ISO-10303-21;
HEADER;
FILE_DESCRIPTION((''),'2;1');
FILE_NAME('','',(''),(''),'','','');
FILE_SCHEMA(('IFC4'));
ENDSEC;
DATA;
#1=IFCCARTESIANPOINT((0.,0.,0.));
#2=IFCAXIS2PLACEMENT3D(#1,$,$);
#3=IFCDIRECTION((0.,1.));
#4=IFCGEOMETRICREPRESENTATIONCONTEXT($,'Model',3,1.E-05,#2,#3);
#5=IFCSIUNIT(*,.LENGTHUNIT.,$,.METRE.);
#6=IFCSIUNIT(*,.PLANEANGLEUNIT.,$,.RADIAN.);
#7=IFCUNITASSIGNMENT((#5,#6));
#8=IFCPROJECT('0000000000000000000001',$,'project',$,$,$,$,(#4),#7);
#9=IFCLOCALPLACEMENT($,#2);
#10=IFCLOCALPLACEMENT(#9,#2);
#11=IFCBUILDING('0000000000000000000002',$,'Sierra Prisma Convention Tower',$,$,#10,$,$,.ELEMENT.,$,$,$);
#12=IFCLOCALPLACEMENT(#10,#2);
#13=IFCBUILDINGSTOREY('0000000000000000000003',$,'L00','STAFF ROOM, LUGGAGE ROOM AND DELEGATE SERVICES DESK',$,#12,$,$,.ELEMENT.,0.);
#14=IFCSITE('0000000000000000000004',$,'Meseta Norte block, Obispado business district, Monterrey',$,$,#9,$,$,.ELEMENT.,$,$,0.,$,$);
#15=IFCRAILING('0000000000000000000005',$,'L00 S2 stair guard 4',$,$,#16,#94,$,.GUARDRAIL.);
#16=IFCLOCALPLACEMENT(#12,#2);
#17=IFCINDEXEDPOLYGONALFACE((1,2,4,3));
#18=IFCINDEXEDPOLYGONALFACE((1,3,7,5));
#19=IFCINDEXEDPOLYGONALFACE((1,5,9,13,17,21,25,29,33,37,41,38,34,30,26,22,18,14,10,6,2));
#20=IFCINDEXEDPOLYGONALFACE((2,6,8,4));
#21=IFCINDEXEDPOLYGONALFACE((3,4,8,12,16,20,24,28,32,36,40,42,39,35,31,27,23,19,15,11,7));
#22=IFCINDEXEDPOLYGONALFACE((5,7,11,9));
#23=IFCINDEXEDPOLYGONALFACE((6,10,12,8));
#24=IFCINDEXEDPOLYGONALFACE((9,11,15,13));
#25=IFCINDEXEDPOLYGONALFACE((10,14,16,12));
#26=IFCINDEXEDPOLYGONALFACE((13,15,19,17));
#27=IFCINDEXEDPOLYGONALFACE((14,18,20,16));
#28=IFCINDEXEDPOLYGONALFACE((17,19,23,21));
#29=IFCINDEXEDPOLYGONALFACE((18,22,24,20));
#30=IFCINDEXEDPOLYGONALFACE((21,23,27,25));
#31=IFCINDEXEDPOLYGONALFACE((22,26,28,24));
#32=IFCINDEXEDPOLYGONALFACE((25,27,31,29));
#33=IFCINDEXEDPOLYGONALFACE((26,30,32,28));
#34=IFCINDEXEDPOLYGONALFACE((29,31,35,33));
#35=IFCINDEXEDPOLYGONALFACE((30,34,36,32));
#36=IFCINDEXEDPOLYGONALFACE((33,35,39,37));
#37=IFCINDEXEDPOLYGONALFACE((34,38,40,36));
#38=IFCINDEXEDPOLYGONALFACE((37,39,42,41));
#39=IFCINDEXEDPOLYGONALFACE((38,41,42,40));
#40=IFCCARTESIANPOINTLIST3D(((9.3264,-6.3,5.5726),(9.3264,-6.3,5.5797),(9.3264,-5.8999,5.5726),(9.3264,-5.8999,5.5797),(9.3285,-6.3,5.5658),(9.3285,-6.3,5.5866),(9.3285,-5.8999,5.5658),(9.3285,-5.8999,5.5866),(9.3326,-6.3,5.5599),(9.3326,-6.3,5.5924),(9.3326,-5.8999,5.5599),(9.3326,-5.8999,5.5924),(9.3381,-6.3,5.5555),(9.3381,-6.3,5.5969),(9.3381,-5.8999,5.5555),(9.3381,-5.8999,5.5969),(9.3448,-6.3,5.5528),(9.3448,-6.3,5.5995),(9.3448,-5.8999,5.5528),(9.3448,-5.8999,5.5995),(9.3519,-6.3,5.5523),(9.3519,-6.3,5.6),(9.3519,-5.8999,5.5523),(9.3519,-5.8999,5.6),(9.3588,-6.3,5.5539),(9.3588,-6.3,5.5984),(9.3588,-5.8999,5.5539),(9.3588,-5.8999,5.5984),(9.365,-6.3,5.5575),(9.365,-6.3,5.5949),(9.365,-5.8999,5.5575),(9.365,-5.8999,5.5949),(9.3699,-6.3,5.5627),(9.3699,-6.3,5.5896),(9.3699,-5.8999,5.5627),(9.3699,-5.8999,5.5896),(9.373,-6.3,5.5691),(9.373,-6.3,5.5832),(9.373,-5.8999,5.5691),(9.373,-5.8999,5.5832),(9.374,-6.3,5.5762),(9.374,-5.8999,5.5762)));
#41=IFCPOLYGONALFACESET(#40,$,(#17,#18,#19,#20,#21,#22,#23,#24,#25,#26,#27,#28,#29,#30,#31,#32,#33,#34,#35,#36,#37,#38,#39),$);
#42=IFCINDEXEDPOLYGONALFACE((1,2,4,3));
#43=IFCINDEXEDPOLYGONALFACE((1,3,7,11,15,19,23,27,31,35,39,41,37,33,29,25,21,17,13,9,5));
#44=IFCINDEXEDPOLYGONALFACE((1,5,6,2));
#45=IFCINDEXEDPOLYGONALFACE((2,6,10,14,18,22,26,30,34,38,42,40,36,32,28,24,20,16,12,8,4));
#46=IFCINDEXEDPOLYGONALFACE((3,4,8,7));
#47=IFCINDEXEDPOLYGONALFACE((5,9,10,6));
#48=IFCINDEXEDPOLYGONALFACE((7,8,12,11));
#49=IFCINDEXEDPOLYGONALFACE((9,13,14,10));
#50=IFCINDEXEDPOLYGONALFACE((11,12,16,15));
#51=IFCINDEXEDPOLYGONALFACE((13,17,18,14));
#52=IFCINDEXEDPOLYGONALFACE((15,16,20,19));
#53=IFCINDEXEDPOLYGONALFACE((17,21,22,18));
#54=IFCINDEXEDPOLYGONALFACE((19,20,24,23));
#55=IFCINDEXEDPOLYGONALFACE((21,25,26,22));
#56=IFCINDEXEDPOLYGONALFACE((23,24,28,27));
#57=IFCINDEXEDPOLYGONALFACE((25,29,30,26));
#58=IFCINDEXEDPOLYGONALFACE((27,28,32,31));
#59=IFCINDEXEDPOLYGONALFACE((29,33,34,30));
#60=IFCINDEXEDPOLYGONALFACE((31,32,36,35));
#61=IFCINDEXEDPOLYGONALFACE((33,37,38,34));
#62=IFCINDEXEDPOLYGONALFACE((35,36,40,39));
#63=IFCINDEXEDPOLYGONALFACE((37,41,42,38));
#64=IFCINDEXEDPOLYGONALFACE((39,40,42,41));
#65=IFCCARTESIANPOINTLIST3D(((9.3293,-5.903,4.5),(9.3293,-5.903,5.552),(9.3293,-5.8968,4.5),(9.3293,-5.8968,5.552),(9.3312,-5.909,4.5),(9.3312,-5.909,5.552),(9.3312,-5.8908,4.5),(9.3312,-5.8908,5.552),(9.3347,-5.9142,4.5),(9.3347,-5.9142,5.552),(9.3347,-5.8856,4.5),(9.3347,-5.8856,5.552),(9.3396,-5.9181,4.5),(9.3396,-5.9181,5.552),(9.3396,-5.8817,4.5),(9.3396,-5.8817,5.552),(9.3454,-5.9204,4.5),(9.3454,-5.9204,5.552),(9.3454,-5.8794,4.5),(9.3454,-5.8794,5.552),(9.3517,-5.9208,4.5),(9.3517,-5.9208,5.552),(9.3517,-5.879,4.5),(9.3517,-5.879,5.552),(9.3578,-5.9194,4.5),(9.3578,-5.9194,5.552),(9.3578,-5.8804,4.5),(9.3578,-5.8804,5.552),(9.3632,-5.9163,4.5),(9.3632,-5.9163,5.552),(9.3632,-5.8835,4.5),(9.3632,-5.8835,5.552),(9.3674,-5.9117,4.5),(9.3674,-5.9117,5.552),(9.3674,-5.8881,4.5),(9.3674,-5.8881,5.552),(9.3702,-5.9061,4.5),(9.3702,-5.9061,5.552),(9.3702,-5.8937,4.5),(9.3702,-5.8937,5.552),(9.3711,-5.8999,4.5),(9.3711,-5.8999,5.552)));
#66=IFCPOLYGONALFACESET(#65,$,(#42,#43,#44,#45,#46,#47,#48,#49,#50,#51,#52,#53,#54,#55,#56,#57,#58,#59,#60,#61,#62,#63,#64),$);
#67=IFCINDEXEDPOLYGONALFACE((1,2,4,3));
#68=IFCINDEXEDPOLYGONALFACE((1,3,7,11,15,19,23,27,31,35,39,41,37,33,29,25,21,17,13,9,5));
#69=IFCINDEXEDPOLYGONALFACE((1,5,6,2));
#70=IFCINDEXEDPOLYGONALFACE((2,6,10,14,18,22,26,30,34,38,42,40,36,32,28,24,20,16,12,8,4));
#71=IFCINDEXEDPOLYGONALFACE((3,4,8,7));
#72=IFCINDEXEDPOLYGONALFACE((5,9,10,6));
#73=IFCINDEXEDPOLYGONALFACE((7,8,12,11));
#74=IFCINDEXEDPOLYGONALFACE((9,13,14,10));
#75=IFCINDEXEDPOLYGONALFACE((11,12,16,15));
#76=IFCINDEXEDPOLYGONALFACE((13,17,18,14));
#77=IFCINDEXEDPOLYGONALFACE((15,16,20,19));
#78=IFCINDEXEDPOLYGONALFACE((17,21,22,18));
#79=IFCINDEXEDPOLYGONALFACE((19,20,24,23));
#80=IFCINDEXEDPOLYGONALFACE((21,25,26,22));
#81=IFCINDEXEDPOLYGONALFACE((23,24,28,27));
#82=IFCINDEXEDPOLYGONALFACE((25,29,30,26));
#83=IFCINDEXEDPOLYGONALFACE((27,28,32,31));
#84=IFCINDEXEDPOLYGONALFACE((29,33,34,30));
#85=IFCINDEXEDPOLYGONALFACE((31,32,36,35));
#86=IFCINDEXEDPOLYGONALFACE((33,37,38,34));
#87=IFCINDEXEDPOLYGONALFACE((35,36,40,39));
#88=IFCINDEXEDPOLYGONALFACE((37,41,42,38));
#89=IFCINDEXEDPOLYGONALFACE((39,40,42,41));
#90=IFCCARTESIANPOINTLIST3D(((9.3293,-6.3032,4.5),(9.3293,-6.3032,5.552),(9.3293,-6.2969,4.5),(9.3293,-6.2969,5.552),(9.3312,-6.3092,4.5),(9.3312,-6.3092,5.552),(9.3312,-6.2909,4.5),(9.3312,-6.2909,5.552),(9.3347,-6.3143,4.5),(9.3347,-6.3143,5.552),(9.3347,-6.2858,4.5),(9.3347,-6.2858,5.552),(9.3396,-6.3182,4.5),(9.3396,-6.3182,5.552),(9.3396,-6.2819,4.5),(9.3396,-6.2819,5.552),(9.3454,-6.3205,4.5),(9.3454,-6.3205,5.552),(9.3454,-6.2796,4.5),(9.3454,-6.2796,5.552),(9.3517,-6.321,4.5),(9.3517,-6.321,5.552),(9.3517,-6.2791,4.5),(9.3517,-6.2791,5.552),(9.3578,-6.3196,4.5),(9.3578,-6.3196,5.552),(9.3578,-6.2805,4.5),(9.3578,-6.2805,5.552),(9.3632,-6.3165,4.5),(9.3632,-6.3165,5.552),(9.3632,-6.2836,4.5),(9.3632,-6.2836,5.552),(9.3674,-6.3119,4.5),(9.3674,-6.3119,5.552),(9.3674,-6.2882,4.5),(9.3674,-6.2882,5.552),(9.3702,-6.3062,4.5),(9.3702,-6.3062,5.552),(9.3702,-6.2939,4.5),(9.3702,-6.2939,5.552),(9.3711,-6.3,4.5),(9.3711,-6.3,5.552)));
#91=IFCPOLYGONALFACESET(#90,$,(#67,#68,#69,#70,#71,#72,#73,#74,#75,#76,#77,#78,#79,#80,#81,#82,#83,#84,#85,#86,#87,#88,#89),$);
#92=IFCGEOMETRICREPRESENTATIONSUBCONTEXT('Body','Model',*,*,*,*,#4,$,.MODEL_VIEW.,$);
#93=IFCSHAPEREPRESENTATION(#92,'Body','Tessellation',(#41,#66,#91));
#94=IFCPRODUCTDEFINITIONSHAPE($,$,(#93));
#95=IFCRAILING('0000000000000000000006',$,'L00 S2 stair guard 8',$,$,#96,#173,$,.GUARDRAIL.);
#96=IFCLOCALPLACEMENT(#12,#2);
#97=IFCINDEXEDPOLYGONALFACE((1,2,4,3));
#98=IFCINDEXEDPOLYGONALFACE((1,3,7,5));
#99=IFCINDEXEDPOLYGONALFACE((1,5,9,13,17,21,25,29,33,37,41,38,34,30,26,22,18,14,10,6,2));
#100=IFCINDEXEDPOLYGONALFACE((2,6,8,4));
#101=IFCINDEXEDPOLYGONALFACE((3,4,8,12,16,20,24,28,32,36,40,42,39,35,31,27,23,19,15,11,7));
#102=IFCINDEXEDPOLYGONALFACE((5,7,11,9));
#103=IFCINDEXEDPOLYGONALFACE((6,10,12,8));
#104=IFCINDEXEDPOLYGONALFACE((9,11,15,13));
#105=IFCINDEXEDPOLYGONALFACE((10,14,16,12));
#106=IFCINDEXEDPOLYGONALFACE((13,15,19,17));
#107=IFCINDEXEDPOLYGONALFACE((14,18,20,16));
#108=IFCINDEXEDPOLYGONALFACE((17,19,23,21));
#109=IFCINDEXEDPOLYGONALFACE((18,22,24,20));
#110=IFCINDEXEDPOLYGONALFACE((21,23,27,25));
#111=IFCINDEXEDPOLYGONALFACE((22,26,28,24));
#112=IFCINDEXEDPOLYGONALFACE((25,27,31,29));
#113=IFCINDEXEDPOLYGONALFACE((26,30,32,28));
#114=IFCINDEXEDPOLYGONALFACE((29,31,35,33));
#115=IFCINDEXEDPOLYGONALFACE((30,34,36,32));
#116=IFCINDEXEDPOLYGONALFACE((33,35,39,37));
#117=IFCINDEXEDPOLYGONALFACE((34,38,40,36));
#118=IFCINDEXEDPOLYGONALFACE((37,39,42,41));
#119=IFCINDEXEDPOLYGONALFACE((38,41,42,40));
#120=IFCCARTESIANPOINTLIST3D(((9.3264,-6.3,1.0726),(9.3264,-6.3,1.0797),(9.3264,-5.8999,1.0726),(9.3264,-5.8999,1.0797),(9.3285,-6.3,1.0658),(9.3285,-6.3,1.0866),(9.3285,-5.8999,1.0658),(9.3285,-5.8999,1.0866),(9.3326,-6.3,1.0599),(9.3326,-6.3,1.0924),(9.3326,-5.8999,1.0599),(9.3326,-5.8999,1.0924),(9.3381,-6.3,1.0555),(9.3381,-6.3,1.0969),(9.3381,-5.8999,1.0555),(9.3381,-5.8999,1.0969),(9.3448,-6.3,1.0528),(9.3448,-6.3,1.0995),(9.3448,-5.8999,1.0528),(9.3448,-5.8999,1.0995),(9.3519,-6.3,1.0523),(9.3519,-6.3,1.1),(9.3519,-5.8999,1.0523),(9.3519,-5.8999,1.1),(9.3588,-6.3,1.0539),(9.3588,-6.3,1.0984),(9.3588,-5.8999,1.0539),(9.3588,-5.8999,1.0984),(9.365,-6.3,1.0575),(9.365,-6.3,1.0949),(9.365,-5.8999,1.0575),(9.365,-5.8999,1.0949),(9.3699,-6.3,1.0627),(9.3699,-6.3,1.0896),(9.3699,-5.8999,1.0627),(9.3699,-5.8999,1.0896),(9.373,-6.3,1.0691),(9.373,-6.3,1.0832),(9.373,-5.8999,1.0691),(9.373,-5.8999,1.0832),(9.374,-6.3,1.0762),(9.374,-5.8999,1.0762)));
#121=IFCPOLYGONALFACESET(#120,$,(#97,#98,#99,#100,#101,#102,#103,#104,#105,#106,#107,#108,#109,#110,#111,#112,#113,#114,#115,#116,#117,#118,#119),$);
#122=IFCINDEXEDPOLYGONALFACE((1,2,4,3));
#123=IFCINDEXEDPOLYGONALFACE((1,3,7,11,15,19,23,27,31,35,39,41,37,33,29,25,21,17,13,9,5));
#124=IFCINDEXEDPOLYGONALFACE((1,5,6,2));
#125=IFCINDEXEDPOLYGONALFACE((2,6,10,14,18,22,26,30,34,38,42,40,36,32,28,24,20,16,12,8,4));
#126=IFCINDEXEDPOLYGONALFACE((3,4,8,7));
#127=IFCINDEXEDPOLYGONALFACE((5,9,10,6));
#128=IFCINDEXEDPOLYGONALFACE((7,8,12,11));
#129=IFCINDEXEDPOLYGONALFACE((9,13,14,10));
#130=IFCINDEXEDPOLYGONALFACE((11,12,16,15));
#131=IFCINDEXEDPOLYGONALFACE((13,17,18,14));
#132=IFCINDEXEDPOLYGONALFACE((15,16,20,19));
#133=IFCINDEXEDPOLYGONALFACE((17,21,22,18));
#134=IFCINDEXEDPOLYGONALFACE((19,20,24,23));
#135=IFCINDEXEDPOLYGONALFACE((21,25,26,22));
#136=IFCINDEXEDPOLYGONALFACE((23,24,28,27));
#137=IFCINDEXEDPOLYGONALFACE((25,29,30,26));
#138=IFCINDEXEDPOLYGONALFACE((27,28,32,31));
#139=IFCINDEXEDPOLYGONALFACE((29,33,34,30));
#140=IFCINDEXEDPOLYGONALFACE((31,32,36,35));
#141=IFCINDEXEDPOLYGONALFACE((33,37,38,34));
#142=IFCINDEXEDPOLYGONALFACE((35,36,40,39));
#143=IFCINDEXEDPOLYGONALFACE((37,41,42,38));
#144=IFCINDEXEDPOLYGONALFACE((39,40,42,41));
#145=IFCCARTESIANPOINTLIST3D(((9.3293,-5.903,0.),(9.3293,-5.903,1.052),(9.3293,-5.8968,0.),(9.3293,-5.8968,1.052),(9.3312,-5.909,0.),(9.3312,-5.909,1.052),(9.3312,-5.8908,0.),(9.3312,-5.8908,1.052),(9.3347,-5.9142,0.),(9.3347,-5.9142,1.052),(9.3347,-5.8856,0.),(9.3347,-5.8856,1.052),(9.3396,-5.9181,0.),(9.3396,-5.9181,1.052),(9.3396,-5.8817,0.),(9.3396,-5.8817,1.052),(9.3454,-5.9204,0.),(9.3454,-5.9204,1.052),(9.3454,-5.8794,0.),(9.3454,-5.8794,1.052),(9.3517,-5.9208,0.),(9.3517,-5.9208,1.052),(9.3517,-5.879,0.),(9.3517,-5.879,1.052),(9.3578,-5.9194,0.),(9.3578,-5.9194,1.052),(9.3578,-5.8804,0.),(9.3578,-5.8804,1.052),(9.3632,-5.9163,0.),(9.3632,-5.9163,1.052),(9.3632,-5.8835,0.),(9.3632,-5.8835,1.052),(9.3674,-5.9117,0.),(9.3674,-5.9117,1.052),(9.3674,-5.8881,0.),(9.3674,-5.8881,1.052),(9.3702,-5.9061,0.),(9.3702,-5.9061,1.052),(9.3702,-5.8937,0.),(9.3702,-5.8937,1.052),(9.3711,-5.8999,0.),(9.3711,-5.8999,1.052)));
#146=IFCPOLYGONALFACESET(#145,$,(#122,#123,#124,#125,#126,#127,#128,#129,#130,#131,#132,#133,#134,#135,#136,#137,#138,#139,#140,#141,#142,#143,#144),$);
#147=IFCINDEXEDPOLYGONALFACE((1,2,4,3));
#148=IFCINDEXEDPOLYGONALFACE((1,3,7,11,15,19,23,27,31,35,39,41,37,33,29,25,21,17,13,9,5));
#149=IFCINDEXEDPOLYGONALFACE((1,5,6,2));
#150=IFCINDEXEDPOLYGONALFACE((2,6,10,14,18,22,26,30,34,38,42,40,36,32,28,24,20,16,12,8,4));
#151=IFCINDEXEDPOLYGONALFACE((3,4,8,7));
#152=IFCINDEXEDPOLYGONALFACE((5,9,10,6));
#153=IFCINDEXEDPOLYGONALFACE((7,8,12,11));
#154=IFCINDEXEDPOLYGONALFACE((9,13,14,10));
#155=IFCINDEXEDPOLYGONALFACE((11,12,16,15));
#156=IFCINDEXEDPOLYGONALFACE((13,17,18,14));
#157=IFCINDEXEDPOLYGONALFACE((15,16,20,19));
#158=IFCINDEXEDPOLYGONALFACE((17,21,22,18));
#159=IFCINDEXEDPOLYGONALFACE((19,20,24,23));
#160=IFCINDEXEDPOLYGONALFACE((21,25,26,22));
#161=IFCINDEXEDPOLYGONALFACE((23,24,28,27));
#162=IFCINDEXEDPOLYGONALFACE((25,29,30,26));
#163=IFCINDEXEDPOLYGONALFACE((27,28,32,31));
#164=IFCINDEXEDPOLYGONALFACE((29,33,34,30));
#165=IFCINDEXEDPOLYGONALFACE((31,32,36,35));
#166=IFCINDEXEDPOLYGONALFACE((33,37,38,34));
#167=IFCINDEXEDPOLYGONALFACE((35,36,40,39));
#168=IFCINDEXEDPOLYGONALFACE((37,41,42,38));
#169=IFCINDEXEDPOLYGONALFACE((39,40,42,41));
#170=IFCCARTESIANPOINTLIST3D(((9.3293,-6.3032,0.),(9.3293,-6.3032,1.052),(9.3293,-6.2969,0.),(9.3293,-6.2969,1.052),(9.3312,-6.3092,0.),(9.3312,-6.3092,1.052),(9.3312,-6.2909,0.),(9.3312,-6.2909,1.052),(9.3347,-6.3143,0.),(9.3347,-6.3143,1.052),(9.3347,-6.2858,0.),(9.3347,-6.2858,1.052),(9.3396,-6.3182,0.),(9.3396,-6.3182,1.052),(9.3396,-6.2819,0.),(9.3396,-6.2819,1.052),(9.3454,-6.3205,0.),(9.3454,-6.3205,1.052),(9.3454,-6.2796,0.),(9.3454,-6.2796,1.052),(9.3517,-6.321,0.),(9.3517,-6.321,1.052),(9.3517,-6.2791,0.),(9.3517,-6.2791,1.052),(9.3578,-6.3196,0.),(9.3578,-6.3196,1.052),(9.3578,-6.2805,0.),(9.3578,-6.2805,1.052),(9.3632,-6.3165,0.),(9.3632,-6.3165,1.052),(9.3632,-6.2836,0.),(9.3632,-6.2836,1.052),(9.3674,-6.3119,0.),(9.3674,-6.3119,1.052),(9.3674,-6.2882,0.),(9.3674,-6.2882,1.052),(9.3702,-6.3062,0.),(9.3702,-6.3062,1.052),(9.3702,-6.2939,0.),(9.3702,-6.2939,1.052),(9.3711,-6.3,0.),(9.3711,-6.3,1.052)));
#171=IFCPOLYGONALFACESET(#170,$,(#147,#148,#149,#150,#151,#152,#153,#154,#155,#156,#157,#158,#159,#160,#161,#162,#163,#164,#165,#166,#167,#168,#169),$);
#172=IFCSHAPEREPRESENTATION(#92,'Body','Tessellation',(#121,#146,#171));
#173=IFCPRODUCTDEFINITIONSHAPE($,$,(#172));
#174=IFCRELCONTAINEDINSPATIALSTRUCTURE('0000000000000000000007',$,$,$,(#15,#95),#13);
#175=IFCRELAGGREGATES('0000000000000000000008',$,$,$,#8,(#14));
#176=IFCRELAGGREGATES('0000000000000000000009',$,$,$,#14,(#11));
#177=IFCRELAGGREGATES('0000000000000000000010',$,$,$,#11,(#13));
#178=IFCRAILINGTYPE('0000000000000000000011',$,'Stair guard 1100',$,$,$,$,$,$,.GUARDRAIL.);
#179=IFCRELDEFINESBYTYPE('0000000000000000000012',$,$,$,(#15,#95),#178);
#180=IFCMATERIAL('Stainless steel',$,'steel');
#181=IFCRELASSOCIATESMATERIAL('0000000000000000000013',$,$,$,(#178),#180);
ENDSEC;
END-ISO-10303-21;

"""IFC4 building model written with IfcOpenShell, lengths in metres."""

from ifc_helpers import new_model, si_unit, direction, frame, origin, origin_2d, place, context, subcontext, project, spatial, circle, extrude, material, type_object, element, save


model = new_model("IFC4")

# Units and contexts
model_context = context("Model", 3, precision=1e-05, world=origin(), true_north=direction((0.0, 1.0)))
body_context = subcontext(model_context, "Body", "Model", "MODEL_VIEW")
ifc_project = project(units=[si_unit("LENGTHUNIT", "METRE"), si_unit("PLANEANGLEUNIT", "RADIAN")], contexts=[model_context])

# Site, building, storey
site_placement = place(None, origin())
site = spatial("IfcSite", under=ifc_project, at=site_placement, Name="Meseta Norte block, Obispado business district, Monterrey", CompositionType="ELEMENT", RefElevation=0.0)
building_placement = place(site_placement, origin())
building = spatial("IfcBuilding", under=site, at=building_placement, Name="Sierra Prisma Convention Tower", CompositionType="ELEMENT")
storey_placement = place(building_placement, origin())
storey = spatial("IfcBuildingStorey", under=building, at=storey_placement, Name="L00", Description="STAFF ROOM, LUGGAGE ROOM AND DELEGATE SERVICES DESK", CompositionType="ELEMENT", Elevation=0.0)

# Railings
ifc_material_1 = material(Name="Stainless steel", Category="steel")
railing_type_1 = type_object("IfcRailingType", Name="Stair guard 1100", PredefinedType="GUARDRAIL", material=ifc_material_1)
for number, where, name in (
    (1, (9.3501, -5.8999, 4.5), "L00 S2 stair guard 4"),
    (2, (9.3501, -5.8999, 0.0), "L00 S2 stair guard 8"),
):
    element("IfcRailing", number, at=place(storey_placement, frame(where)), inside=storey, type_object=railing_type_1, Name=name, PredefinedType="GUARDRAIL", context=body_context, shape_type="SweptSolid", body=[
        extrude(circle(Radius=0.0239, at=origin_2d()), frame((0.0, 0.0, 1.0762), z_axis=(0.0, -1.0, 0.0), x_axis=(1.0, 0.0, 0.0)), (0.0, 0.0, 1.0), 0.4001),
        extrude(circle(Radius=0.021, at=origin_2d()), origin(), (0.0, 0.0, 1.0), 1.052),
        extrude(circle(Radius=0.021, at=origin_2d()), frame((0.0, -0.4001, 0.0)), (0.0, 0.0, 1.0), 1.052),
    ])

save(model, "model.ifc")
